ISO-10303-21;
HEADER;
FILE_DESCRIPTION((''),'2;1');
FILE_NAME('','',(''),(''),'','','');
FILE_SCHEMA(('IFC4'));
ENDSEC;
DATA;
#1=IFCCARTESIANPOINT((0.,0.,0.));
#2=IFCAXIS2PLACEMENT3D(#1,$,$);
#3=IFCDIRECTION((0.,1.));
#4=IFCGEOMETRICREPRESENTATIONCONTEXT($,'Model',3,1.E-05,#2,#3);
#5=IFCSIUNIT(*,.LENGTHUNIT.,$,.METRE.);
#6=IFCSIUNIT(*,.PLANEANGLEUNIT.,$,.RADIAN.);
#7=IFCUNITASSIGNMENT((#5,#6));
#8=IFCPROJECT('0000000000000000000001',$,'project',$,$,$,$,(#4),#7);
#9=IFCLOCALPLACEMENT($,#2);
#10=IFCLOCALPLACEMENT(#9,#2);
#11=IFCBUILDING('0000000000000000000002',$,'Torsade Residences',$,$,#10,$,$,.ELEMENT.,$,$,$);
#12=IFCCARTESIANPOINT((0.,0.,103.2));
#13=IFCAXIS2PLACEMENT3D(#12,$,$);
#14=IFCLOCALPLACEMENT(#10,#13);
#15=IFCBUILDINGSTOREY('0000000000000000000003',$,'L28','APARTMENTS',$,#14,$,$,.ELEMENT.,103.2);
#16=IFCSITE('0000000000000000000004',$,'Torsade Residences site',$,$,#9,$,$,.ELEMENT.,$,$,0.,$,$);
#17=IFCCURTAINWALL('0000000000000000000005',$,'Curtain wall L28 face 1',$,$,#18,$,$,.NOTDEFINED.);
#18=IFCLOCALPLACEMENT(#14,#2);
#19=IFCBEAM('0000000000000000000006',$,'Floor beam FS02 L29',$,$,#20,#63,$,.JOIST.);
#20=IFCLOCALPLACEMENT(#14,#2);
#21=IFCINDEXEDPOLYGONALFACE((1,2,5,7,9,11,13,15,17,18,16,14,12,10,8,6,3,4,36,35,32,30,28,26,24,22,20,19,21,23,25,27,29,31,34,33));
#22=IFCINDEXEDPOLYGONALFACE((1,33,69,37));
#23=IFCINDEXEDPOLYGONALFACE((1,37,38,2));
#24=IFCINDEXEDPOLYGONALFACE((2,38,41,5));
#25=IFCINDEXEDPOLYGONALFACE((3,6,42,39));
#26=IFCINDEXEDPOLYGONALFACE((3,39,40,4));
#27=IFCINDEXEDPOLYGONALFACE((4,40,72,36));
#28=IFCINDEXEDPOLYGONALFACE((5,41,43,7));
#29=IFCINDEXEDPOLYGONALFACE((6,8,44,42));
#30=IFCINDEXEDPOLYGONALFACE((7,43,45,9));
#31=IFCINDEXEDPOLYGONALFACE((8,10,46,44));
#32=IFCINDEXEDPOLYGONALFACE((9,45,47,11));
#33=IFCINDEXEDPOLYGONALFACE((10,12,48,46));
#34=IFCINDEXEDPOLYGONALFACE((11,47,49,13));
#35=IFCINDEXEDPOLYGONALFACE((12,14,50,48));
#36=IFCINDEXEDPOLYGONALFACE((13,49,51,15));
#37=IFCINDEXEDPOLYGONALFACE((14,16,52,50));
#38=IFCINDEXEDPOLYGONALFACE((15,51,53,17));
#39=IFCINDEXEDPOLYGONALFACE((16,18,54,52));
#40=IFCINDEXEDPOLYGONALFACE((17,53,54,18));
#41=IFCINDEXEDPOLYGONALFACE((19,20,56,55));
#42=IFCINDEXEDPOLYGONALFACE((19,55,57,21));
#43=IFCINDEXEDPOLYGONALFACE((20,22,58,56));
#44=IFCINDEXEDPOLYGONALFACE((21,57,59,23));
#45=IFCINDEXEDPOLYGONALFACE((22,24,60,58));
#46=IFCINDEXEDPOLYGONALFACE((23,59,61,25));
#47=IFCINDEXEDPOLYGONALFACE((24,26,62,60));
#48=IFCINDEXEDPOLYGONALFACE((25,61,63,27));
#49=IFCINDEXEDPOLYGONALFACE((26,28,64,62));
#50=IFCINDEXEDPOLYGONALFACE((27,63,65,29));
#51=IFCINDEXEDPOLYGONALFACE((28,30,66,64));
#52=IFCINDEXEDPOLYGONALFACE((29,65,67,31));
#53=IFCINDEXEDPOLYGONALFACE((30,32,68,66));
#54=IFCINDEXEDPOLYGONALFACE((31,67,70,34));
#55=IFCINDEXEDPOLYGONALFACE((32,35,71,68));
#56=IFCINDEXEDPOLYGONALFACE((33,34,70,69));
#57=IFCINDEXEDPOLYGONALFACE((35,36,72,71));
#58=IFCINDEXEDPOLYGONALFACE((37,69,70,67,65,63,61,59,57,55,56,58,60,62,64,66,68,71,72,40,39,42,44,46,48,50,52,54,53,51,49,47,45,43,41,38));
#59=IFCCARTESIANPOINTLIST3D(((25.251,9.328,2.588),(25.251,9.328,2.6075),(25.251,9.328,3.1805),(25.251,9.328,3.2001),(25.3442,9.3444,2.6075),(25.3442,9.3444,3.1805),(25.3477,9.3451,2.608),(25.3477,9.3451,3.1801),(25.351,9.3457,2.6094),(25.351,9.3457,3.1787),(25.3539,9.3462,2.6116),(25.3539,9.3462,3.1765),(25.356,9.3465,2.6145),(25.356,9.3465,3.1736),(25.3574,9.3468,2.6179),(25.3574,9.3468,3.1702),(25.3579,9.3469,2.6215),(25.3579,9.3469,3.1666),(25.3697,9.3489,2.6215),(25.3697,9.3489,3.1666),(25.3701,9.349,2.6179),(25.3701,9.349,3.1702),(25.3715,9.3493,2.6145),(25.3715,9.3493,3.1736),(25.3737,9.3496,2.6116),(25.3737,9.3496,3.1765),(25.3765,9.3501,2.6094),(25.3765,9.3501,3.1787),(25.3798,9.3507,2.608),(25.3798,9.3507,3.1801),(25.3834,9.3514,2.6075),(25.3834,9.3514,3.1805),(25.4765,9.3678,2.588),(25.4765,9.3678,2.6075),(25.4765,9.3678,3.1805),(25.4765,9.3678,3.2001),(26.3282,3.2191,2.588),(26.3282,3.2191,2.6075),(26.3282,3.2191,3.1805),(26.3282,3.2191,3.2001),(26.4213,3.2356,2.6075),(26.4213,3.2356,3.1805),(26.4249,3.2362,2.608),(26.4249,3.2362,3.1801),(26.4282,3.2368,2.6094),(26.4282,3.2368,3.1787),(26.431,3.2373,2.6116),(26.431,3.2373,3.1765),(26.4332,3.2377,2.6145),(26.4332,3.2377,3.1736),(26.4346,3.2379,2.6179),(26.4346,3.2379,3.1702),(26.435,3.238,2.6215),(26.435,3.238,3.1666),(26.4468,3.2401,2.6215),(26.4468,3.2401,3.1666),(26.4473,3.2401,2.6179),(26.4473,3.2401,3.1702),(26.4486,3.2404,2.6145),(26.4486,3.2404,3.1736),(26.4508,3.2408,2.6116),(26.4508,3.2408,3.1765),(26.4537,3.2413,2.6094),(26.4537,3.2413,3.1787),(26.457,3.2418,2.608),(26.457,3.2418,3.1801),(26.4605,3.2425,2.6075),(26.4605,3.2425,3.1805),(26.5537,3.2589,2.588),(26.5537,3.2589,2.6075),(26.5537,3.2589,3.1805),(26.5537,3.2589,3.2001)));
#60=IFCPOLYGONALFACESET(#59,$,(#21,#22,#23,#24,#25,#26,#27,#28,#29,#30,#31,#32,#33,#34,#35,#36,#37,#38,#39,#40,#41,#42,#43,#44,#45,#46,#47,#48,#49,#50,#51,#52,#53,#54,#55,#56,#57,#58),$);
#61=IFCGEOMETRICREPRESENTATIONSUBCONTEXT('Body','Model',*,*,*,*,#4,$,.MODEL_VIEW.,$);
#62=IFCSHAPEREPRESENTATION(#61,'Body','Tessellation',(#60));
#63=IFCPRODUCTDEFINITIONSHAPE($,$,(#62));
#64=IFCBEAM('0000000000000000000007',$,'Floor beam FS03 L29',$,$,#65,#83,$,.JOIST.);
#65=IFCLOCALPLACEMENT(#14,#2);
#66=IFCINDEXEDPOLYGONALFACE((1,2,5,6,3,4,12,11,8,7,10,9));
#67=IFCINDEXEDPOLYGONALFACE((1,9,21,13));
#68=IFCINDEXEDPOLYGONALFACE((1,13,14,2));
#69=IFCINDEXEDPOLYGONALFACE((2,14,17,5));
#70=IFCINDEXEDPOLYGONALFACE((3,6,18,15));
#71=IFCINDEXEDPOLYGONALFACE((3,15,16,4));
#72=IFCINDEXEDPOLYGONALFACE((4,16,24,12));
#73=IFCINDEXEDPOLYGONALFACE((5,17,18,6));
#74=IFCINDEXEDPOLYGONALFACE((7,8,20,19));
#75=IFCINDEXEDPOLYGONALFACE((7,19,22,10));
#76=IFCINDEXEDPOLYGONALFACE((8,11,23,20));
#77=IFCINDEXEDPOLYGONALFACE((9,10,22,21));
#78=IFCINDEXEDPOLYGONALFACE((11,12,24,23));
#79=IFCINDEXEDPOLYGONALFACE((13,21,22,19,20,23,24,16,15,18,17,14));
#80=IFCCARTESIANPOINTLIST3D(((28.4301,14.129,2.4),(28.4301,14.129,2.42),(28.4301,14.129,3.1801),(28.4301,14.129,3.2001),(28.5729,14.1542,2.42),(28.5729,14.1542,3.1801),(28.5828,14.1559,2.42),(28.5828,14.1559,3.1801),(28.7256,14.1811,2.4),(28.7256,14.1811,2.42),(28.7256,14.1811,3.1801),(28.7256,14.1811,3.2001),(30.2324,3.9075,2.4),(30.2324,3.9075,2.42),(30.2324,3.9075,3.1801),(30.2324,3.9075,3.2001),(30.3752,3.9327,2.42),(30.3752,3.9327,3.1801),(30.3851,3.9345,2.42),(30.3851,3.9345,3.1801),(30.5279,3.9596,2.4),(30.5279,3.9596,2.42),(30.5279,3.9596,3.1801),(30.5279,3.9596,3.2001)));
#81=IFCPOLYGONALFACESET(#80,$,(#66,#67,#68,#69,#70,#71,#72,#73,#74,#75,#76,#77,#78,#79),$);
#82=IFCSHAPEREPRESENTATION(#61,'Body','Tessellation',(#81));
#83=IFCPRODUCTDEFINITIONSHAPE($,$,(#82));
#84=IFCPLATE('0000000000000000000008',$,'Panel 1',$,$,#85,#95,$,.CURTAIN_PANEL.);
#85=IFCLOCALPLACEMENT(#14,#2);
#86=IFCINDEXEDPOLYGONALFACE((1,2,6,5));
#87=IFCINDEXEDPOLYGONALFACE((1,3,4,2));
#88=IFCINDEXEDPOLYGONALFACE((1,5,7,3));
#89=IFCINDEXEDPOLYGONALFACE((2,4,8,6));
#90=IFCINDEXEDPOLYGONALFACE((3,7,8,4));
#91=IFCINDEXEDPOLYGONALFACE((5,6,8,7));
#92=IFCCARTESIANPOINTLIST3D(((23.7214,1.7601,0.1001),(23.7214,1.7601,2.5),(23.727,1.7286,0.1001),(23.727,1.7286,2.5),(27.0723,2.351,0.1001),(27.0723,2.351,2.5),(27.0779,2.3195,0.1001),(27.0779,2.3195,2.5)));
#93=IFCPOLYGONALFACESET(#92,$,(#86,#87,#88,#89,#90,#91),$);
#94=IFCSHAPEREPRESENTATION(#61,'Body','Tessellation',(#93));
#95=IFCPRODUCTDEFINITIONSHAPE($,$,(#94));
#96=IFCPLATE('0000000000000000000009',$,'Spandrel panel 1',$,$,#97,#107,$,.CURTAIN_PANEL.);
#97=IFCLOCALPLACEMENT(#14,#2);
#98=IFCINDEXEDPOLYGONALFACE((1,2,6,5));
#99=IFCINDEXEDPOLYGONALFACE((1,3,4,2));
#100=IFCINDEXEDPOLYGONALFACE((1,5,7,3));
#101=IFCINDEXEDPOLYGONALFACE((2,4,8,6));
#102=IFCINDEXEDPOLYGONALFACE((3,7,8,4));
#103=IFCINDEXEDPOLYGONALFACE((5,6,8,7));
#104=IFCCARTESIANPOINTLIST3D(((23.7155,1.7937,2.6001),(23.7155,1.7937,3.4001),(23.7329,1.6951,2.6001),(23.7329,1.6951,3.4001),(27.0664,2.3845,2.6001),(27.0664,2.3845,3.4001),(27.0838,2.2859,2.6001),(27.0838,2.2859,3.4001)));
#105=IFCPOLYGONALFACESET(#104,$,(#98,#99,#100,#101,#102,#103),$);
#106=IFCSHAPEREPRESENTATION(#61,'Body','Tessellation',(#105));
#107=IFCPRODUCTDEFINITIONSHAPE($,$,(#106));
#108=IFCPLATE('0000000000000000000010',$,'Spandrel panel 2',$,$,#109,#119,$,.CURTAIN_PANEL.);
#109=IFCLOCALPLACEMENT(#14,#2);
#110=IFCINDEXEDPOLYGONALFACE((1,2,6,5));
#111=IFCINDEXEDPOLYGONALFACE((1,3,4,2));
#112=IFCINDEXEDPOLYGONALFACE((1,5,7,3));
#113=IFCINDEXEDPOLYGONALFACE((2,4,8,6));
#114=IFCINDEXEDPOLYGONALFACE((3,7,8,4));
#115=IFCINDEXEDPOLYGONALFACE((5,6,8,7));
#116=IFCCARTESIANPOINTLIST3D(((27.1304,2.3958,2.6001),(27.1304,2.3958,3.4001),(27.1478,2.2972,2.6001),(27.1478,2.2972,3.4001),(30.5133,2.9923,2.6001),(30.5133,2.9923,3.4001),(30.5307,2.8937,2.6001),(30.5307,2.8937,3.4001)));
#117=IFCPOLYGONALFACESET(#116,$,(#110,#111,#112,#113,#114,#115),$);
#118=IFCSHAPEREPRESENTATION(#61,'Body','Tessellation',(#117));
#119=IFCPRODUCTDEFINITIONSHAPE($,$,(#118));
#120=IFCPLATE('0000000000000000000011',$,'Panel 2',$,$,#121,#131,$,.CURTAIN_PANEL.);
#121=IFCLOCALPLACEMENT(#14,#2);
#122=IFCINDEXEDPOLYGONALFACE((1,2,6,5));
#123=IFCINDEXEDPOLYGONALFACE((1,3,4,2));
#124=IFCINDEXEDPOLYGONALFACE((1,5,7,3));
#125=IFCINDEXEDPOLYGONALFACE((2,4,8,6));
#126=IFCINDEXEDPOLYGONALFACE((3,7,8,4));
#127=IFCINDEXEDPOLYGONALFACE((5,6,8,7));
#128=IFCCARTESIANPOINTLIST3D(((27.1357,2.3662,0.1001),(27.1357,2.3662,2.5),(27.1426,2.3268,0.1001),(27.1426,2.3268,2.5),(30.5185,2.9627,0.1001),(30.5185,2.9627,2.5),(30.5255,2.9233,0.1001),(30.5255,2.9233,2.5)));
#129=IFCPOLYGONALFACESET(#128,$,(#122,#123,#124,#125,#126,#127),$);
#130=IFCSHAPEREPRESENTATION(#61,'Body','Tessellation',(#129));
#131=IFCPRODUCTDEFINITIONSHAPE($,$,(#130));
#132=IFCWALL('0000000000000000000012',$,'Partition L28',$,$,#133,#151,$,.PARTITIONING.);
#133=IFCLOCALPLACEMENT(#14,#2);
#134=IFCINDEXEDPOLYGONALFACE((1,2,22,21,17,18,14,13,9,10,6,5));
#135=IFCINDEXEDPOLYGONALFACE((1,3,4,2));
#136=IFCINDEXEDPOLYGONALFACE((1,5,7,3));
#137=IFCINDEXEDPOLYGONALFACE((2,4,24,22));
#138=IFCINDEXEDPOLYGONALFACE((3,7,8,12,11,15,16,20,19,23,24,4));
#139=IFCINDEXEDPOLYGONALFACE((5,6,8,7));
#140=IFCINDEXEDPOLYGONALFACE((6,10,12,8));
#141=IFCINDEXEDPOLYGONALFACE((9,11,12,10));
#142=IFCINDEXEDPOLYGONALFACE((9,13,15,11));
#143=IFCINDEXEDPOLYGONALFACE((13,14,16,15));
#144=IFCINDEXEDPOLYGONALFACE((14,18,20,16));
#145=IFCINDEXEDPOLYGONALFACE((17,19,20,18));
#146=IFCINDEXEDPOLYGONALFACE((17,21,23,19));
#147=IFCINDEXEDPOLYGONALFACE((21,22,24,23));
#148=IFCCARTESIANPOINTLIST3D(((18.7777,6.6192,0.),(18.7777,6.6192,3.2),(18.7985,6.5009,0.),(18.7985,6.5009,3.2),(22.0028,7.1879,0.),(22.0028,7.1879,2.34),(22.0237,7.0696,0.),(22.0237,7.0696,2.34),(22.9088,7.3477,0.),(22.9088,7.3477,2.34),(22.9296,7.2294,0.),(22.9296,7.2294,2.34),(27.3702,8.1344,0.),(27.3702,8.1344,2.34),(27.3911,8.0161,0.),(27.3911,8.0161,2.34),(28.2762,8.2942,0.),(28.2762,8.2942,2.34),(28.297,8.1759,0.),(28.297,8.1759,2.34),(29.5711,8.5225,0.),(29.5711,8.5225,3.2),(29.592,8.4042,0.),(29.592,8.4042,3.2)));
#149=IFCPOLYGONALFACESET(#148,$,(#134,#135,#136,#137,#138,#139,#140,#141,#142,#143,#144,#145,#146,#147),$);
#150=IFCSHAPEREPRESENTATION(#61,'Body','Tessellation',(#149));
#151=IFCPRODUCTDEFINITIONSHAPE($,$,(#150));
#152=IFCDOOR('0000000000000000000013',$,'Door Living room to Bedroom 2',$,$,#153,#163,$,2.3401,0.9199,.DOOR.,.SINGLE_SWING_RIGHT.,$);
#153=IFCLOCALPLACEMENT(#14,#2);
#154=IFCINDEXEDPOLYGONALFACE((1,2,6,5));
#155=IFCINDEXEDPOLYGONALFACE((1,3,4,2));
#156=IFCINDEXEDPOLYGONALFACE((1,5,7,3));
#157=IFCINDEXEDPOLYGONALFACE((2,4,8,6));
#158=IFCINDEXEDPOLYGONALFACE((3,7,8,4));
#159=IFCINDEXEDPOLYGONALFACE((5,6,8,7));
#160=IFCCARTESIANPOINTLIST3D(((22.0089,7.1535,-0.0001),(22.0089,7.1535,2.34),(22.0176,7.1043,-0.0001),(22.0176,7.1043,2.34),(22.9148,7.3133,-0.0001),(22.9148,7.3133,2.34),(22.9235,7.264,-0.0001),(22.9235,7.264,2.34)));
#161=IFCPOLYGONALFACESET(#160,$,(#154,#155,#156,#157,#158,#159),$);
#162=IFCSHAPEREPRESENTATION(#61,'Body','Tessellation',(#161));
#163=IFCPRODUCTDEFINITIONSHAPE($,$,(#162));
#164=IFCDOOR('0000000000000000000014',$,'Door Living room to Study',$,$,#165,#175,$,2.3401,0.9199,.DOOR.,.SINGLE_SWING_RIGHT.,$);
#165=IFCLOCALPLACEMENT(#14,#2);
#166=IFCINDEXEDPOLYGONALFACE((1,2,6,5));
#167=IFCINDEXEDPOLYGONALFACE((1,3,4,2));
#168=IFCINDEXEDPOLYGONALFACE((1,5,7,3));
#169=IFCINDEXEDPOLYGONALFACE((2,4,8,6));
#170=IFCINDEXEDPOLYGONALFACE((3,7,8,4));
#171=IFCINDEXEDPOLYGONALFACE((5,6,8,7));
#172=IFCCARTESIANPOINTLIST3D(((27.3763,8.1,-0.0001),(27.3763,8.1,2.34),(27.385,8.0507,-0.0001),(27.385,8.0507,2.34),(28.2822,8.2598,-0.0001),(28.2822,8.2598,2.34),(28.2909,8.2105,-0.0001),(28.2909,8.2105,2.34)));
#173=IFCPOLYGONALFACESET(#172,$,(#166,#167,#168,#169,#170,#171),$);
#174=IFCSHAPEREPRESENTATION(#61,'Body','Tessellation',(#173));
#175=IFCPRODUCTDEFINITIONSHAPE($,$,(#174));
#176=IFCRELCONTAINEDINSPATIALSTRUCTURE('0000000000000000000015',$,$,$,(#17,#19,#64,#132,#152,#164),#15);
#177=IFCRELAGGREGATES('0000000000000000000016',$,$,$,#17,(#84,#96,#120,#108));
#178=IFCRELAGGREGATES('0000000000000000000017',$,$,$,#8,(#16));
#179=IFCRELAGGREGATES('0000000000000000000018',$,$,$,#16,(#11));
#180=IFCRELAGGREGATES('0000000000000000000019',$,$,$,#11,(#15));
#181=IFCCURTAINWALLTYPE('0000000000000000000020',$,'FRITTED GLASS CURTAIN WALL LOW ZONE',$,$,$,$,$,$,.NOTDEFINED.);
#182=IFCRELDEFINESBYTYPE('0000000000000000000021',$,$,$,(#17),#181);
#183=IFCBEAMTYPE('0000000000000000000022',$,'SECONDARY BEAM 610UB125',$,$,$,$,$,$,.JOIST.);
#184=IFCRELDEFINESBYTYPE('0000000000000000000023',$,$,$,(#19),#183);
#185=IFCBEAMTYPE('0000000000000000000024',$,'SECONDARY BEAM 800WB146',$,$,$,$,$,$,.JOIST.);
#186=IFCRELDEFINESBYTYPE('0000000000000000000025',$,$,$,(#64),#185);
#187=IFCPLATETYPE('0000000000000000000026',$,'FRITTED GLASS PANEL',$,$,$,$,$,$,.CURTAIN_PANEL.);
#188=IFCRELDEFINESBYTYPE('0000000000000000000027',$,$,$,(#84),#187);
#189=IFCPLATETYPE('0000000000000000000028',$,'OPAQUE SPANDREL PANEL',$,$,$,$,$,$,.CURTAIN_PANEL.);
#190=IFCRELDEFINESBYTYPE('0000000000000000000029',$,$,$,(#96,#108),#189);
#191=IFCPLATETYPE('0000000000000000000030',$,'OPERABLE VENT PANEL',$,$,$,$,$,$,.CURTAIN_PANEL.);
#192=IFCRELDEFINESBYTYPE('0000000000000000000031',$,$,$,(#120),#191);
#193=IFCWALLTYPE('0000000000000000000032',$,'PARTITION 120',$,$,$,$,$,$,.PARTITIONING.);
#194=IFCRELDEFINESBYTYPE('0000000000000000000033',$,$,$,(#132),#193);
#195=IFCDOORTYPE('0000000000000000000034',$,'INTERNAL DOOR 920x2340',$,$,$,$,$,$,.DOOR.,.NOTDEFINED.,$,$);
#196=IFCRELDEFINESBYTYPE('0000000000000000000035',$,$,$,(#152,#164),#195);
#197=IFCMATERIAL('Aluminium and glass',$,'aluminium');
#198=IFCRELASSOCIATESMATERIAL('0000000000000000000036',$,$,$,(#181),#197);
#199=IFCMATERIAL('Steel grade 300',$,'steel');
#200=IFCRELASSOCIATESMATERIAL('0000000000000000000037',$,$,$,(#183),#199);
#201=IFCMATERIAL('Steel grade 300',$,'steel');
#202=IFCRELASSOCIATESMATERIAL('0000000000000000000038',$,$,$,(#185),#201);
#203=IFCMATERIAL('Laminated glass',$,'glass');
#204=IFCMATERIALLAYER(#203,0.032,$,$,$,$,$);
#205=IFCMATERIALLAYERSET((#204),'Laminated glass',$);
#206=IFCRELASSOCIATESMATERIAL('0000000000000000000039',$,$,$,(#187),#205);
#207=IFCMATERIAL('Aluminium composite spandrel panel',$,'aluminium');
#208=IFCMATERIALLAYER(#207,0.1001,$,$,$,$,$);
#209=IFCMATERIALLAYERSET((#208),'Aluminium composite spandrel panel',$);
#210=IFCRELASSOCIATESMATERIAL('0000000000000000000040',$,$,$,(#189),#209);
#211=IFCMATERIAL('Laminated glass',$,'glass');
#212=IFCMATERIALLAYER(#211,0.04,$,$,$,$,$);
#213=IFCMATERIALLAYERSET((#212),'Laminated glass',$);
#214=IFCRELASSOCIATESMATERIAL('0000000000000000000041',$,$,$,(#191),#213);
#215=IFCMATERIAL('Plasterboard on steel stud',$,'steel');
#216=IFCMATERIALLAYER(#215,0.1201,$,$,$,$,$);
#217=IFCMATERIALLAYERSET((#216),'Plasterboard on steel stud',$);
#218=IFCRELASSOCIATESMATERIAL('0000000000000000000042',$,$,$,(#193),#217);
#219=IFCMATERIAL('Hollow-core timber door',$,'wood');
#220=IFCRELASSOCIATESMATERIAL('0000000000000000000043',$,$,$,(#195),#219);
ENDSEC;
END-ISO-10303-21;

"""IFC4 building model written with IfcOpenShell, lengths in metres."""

from ifc_helpers import new_model, si_unit, direction, frame, frame_2d, origin, origin_2d, place, context, subcontext, project, spatial, rectangle, i_section, extrude, material, layer, layer_set, material_profile, profile_set, type_object, element, fill, aggregate, save


model = new_model("IFC4")

# Units and contexts
model_context = context("Model", 3, precision=1e-05, world=origin(), true_north=direction((0.0, 1.0)))
body_context = subcontext(model_context, "Body", "Model", "MODEL_VIEW")
ifc_project = project(units=[si_unit("LENGTHUNIT", "METRE"), si_unit("PLANEANGLEUNIT", "RADIAN")], contexts=[model_context])

# Site, building, storey
site_placement = place(None, origin())
site = spatial("IfcSite", under=ifc_project, at=site_placement, Name="Torsade Residences site", CompositionType="ELEMENT", RefElevation=0.0)
building_placement = place(site_placement, origin())
building = spatial("IfcBuilding", under=site, at=building_placement, Name="Torsade Residences", CompositionType="ELEMENT")
storey_placement = place(building_placement, frame((0.0, 0.0, 103.2)))
storey = spatial("IfcBuildingStorey", under=building, at=storey_placement, Name="L28", Description="APARTMENTS", CompositionType="ELEMENT", Elevation=103.2)

# Curtain wall
ifc_material_1 = material(Name="Aluminium and glass", Category="aluminium")
curtain_wall_type = type_object("IfcCurtainWallType", Name="FRITTED GLASS CURTAIN WALL LOW ZONE", PredefinedType="NOTDEFINED", material=ifc_material_1)
curtain_wall_placement = place(storey_placement, origin())
curtain_wall = element("IfcCurtainWall", 1, at=curtain_wall_placement, inside=storey, type_object=curtain_wall_type, Name="Curtain wall L28 face 1", PredefinedType="NOTDEFINED")

# Beams
ifc_material_2 = material(Name="Steel grade 300", Category="steel")
ifc_material_profile_1 = material_profile(ifc_material_2, i_section(OverallWidth=0.229, OverallDepth=0.6121, WebThickness=0.012, FlangeThickness=0.0195, FilletRadius=0.0139, at=origin_2d()), Name="610UB125")
ifc_profile_set_1 = profile_set([ifc_material_profile_1], Name="Steel grade 300")
beam_type_1 = type_object("IfcBeamType", Name="SECONDARY BEAM 610UB125", PredefinedType="JOIST", material=ifc_profile_set_1)
beam_1_placement = place(storey_placement, frame((26.4409, 3.239, 2.894), z_axis=(-0.173646, 0.984808, 0.0), x_axis=(-0.984808, -0.173646, 0.0)))
element("IfcBeam", 2, at=beam_1_placement, inside=storey, type_object=beam_type_1, Name="Floor beam FS02 L29", PredefinedType="JOIST", context=body_context, shape_type="SweptSolid", body=[
    extrude(i_section(OverallWidth=0.229, OverallDepth=0.6121, WebThickness=0.012, FlangeThickness=0.0195, FilletRadius=0.0139, at=origin_2d()), origin(), (0.0, 0.0, 1.0), 6.2031),
])
ifc_material_3 = material(Name="Steel grade 300", Category="steel")
ifc_material_profile_2 = material_profile(ifc_material_3, i_section(OverallWidth=0.3, OverallDepth=0.8, WebThickness=0.01, FlangeThickness=0.02, at=origin_2d()), Name="800WB146")
ifc_profile_set_2 = profile_set([ifc_material_profile_2], Name="Steel grade 300")
beam_type_2 = type_object("IfcBeamType", Name="SECONDARY BEAM 800WB146", PredefinedType="JOIST", material=ifc_profile_set_2)
beam_2_placement = place(storey_placement, frame((30.3801, 3.9336, 2.8), z_axis=(-0.173642, 0.984809, 0.0), x_axis=(-0.984809, -0.173642, 0.0)))
element("IfcBeam", 3, at=beam_2_placement, inside=storey, type_object=beam_type_2, Name="Floor beam FS03 L29", PredefinedType="JOIST", context=body_context, shape_type="SweptSolid", body=[
    extrude(i_section(OverallWidth=0.3, OverallDepth=0.8, WebThickness=0.01, FlangeThickness=0.02, at=origin_2d()), origin(), (0.0, 0.0, 1.0), 10.3792),
])

# Plates
ifc_material_4 = material(Name="Laminated glass", Category="glass")
ifc_layer_1 = layer(ifc_material_4, 0.032)
ifc_layer_set_1 = layer_set([ifc_layer_1], Name="Laminated glass")
plate_type_1 = type_object("IfcPlateType", Name="FRITTED GLASS PANEL", PredefinedType="CURTAIN_PANEL", material=ifc_layer_set_1)
plate_1_placement = place(storey_placement, frame((25.3997, 2.0398, 0.1001), z_axis=(0.0, 0.0, 1.0), x_axis=(0.984808, 0.173648, 0.0)))
plate_1 = element("IfcPlate", 4, at=plate_1_placement, type_object=plate_type_1, Name="Panel 1", PredefinedType="CURTAIN_PANEL", context=body_context, shape_type="SweptSolid", body=[
    extrude(rectangle(XDim=3.4026, YDim=0.032, at=origin_2d()), origin(), (0.0, 0.0, 1.0), 2.3999),
])
ifc_material_5 = material(Name="Aluminium composite spandrel panel", Category="aluminium")
ifc_layer_2 = layer(ifc_material_5, 0.1001)
ifc_layer_set_2 = layer_set([ifc_layer_2], Name="Aluminium composite spandrel panel")
plate_type_2 = type_object("IfcPlateType", Name="OPAQUE SPANDREL PANEL", PredefinedType="CURTAIN_PANEL", material=ifc_layer_set_2)
plate_2_placement = place(storey_placement, frame((25.3997, 2.0398, 2.6001), z_axis=(0.0, 0.0, 1.0), x_axis=(0.984808, 0.173648, 0.0)))
plate_2 = element("IfcPlate", 5, at=plate_2_placement, type_object=plate_type_2, Name="Spandrel panel 1", PredefinedType="CURTAIN_PANEL", context=body_context, shape_type="SweptSolid", body=[
    extrude(rectangle(XDim=3.4026, YDim=0.1001, at=origin_2d()), origin(), (0.0, 0.0, 1.0), 0.8),
])
plate_3_placement = place(storey_placement, frame((28.8306, 2.6448, 2.6001), z_axis=(0.0, 0.0, 1.0), x_axis=(0.984808, 0.173648, 0.0)))
plate_3 = element("IfcPlate", 6, at=plate_3_placement, type_object=plate_type_2, Name="Spandrel panel 2", PredefinedType="CURTAIN_PANEL", context=body_context, shape_type="SweptSolid", body=[
    extrude(rectangle(XDim=3.4351, YDim=0.1001, at=origin_2d()), origin(), (0.0, 0.0, 1.0), 0.8),
])
ifc_material_6 = material(Name="Laminated glass", Category="glass")
ifc_layer_3 = layer(ifc_material_6, 0.04)
ifc_layer_set_3 = layer_set([ifc_layer_3], Name="Laminated glass")
plate_type_3 = type_object("IfcPlateType", Name="OPERABLE VENT PANEL", PredefinedType="CURTAIN_PANEL", material=ifc_layer_set_3)
plate_4_placement = place(storey_placement, frame((28.8306, 2.6448, 0.1001), z_axis=(0.0, 0.0, 1.0), x_axis=(0.984808, 0.173648, 0.0)))
plate_4 = element("IfcPlate", 7, at=plate_4_placement, type_object=plate_type_3, Name="Panel 2", PredefinedType="CURTAIN_PANEL", context=body_context, shape_type="SweptSolid", body=[
    extrude(rectangle(XDim=3.4351, YDim=0.04, at=origin_2d()), origin(), (0.0, 0.0, 1.0), 2.3999),
])
aggregate(curtain_wall, [plate_1, plate_2, plate_4, plate_3])

# Wall, openings, doors
ifc_material_7 = material(Name="Plasterboard on steel stud", Category="steel")
ifc_layer_4 = layer(ifc_material_7, 0.1201)
ifc_layer_set_4 = layer_set([ifc_layer_4], Name="Plasterboard on steel stud")
wall_type_1 = type_object("IfcWallType", Name="PARTITION 120", PredefinedType="PARTITIONING", material=ifc_layer_set_4)
wall_1_placement = place(storey_placement, frame((29.5815, 8.4634, 0.0), z_axis=(0.0, 0.0, 1.0), x_axis=(-0.984806, -0.173661, 0.0)))
wall_1 = element("IfcWall", 8, at=wall_1_placement, inside=storey, type_object=wall_type_1, Name="Partition L28", PredefinedType="PARTITIONING", context=body_context, shape_type="SweptSolid", body=[
    extrude(rectangle(XDim=10.96, YDim=0.1201, at=frame_2d((5.48, 0.0))), origin(), (0.0, 0.0, 1.0), 3.2),
])
opening_1_placement = place(wall_1_placement, frame((6.7651, 0.0, 0.0)))
opening_1 = element("IfcOpeningElement", 9, at=opening_1_placement, cuts=wall_1, PredefinedType="OPENING", context=body_context, shape_type="SweptSolid", body=[
    extrude(rectangle(XDim=0.9199, YDim=2.3401, at=frame_2d((0.46, 1.1699))), frame((0.0, 0.0701, 0.0), z_axis=(0.0, -1.0, 0.0), x_axis=(1.0, 0.0, 0.0)), (0.0, 0.0, 1.0), 0.1401),
])
opening_2_placement = place(wall_1_placement, frame((1.3149, 0.0, 0.0)))
opening_2 = element("IfcOpeningElement", 10, at=opening_2_placement, cuts=wall_1, PredefinedType="OPENING", context=body_context, shape_type="SweptSolid", body=[
    extrude(rectangle(XDim=0.9199, YDim=2.3401, at=frame_2d((0.46, 1.1699))), frame((0.0, 0.0701, 0.0), z_axis=(0.0, -1.0, 0.0), x_axis=(1.0, 0.0, 0.0)), (0.0, 0.0, 1.0), 0.1401),
])
ifc_material_8 = material(Name="Hollow-core timber door", Category="wood")
door_type = type_object("IfcDoorType", Name="INTERNAL DOOR 920x2340", OperationType="NOTDEFINED", PredefinedType="DOOR", material=ifc_material_8)
door_1_placement = place(opening_1_placement, origin())
door_1 = element("IfcDoor", 11, at=door_1_placement, inside=storey, type_object=door_type, Name="Door Living room to Bedroom 2", OperationType="SINGLE_SWING_RIGHT", OverallHeight=2.3401, OverallWidth=0.9199, PredefinedType="DOOR", context=body_context, shape_type="SweptSolid", body=[
    extrude(rectangle(XDim=0.9199, YDim=2.3401, at=frame_2d((0.46, 1.1699))), frame((0.0, 0.0249, 0.0), z_axis=(0.0, -1.0, 0.0), x_axis=(1.0, 0.0, 0.0)), (0.0, 0.0, 1.0), 0.05),
])
fill(opening_1, door_1)
door_2_placement = place(opening_2_placement, origin())
door_2 = element("IfcDoor", 12, at=door_2_placement, inside=storey, type_object=door_type, Name="Door Living room to Study", OperationType="SINGLE_SWING_RIGHT", OverallHeight=2.3401, OverallWidth=0.9199, PredefinedType="DOOR", context=body_context, shape_type="SweptSolid", body=[
    extrude(rectangle(XDim=0.9199, YDim=2.3401, at=frame_2d((0.46, 1.1699))), frame((0.0, 0.0249, 0.0), z_axis=(0.0, -1.0, 0.0), x_axis=(1.0, 0.0, 0.0)), (0.0, 0.0, 1.0), 0.05),
])
fill(opening_2, door_2)

save(model, "model.ifc")
